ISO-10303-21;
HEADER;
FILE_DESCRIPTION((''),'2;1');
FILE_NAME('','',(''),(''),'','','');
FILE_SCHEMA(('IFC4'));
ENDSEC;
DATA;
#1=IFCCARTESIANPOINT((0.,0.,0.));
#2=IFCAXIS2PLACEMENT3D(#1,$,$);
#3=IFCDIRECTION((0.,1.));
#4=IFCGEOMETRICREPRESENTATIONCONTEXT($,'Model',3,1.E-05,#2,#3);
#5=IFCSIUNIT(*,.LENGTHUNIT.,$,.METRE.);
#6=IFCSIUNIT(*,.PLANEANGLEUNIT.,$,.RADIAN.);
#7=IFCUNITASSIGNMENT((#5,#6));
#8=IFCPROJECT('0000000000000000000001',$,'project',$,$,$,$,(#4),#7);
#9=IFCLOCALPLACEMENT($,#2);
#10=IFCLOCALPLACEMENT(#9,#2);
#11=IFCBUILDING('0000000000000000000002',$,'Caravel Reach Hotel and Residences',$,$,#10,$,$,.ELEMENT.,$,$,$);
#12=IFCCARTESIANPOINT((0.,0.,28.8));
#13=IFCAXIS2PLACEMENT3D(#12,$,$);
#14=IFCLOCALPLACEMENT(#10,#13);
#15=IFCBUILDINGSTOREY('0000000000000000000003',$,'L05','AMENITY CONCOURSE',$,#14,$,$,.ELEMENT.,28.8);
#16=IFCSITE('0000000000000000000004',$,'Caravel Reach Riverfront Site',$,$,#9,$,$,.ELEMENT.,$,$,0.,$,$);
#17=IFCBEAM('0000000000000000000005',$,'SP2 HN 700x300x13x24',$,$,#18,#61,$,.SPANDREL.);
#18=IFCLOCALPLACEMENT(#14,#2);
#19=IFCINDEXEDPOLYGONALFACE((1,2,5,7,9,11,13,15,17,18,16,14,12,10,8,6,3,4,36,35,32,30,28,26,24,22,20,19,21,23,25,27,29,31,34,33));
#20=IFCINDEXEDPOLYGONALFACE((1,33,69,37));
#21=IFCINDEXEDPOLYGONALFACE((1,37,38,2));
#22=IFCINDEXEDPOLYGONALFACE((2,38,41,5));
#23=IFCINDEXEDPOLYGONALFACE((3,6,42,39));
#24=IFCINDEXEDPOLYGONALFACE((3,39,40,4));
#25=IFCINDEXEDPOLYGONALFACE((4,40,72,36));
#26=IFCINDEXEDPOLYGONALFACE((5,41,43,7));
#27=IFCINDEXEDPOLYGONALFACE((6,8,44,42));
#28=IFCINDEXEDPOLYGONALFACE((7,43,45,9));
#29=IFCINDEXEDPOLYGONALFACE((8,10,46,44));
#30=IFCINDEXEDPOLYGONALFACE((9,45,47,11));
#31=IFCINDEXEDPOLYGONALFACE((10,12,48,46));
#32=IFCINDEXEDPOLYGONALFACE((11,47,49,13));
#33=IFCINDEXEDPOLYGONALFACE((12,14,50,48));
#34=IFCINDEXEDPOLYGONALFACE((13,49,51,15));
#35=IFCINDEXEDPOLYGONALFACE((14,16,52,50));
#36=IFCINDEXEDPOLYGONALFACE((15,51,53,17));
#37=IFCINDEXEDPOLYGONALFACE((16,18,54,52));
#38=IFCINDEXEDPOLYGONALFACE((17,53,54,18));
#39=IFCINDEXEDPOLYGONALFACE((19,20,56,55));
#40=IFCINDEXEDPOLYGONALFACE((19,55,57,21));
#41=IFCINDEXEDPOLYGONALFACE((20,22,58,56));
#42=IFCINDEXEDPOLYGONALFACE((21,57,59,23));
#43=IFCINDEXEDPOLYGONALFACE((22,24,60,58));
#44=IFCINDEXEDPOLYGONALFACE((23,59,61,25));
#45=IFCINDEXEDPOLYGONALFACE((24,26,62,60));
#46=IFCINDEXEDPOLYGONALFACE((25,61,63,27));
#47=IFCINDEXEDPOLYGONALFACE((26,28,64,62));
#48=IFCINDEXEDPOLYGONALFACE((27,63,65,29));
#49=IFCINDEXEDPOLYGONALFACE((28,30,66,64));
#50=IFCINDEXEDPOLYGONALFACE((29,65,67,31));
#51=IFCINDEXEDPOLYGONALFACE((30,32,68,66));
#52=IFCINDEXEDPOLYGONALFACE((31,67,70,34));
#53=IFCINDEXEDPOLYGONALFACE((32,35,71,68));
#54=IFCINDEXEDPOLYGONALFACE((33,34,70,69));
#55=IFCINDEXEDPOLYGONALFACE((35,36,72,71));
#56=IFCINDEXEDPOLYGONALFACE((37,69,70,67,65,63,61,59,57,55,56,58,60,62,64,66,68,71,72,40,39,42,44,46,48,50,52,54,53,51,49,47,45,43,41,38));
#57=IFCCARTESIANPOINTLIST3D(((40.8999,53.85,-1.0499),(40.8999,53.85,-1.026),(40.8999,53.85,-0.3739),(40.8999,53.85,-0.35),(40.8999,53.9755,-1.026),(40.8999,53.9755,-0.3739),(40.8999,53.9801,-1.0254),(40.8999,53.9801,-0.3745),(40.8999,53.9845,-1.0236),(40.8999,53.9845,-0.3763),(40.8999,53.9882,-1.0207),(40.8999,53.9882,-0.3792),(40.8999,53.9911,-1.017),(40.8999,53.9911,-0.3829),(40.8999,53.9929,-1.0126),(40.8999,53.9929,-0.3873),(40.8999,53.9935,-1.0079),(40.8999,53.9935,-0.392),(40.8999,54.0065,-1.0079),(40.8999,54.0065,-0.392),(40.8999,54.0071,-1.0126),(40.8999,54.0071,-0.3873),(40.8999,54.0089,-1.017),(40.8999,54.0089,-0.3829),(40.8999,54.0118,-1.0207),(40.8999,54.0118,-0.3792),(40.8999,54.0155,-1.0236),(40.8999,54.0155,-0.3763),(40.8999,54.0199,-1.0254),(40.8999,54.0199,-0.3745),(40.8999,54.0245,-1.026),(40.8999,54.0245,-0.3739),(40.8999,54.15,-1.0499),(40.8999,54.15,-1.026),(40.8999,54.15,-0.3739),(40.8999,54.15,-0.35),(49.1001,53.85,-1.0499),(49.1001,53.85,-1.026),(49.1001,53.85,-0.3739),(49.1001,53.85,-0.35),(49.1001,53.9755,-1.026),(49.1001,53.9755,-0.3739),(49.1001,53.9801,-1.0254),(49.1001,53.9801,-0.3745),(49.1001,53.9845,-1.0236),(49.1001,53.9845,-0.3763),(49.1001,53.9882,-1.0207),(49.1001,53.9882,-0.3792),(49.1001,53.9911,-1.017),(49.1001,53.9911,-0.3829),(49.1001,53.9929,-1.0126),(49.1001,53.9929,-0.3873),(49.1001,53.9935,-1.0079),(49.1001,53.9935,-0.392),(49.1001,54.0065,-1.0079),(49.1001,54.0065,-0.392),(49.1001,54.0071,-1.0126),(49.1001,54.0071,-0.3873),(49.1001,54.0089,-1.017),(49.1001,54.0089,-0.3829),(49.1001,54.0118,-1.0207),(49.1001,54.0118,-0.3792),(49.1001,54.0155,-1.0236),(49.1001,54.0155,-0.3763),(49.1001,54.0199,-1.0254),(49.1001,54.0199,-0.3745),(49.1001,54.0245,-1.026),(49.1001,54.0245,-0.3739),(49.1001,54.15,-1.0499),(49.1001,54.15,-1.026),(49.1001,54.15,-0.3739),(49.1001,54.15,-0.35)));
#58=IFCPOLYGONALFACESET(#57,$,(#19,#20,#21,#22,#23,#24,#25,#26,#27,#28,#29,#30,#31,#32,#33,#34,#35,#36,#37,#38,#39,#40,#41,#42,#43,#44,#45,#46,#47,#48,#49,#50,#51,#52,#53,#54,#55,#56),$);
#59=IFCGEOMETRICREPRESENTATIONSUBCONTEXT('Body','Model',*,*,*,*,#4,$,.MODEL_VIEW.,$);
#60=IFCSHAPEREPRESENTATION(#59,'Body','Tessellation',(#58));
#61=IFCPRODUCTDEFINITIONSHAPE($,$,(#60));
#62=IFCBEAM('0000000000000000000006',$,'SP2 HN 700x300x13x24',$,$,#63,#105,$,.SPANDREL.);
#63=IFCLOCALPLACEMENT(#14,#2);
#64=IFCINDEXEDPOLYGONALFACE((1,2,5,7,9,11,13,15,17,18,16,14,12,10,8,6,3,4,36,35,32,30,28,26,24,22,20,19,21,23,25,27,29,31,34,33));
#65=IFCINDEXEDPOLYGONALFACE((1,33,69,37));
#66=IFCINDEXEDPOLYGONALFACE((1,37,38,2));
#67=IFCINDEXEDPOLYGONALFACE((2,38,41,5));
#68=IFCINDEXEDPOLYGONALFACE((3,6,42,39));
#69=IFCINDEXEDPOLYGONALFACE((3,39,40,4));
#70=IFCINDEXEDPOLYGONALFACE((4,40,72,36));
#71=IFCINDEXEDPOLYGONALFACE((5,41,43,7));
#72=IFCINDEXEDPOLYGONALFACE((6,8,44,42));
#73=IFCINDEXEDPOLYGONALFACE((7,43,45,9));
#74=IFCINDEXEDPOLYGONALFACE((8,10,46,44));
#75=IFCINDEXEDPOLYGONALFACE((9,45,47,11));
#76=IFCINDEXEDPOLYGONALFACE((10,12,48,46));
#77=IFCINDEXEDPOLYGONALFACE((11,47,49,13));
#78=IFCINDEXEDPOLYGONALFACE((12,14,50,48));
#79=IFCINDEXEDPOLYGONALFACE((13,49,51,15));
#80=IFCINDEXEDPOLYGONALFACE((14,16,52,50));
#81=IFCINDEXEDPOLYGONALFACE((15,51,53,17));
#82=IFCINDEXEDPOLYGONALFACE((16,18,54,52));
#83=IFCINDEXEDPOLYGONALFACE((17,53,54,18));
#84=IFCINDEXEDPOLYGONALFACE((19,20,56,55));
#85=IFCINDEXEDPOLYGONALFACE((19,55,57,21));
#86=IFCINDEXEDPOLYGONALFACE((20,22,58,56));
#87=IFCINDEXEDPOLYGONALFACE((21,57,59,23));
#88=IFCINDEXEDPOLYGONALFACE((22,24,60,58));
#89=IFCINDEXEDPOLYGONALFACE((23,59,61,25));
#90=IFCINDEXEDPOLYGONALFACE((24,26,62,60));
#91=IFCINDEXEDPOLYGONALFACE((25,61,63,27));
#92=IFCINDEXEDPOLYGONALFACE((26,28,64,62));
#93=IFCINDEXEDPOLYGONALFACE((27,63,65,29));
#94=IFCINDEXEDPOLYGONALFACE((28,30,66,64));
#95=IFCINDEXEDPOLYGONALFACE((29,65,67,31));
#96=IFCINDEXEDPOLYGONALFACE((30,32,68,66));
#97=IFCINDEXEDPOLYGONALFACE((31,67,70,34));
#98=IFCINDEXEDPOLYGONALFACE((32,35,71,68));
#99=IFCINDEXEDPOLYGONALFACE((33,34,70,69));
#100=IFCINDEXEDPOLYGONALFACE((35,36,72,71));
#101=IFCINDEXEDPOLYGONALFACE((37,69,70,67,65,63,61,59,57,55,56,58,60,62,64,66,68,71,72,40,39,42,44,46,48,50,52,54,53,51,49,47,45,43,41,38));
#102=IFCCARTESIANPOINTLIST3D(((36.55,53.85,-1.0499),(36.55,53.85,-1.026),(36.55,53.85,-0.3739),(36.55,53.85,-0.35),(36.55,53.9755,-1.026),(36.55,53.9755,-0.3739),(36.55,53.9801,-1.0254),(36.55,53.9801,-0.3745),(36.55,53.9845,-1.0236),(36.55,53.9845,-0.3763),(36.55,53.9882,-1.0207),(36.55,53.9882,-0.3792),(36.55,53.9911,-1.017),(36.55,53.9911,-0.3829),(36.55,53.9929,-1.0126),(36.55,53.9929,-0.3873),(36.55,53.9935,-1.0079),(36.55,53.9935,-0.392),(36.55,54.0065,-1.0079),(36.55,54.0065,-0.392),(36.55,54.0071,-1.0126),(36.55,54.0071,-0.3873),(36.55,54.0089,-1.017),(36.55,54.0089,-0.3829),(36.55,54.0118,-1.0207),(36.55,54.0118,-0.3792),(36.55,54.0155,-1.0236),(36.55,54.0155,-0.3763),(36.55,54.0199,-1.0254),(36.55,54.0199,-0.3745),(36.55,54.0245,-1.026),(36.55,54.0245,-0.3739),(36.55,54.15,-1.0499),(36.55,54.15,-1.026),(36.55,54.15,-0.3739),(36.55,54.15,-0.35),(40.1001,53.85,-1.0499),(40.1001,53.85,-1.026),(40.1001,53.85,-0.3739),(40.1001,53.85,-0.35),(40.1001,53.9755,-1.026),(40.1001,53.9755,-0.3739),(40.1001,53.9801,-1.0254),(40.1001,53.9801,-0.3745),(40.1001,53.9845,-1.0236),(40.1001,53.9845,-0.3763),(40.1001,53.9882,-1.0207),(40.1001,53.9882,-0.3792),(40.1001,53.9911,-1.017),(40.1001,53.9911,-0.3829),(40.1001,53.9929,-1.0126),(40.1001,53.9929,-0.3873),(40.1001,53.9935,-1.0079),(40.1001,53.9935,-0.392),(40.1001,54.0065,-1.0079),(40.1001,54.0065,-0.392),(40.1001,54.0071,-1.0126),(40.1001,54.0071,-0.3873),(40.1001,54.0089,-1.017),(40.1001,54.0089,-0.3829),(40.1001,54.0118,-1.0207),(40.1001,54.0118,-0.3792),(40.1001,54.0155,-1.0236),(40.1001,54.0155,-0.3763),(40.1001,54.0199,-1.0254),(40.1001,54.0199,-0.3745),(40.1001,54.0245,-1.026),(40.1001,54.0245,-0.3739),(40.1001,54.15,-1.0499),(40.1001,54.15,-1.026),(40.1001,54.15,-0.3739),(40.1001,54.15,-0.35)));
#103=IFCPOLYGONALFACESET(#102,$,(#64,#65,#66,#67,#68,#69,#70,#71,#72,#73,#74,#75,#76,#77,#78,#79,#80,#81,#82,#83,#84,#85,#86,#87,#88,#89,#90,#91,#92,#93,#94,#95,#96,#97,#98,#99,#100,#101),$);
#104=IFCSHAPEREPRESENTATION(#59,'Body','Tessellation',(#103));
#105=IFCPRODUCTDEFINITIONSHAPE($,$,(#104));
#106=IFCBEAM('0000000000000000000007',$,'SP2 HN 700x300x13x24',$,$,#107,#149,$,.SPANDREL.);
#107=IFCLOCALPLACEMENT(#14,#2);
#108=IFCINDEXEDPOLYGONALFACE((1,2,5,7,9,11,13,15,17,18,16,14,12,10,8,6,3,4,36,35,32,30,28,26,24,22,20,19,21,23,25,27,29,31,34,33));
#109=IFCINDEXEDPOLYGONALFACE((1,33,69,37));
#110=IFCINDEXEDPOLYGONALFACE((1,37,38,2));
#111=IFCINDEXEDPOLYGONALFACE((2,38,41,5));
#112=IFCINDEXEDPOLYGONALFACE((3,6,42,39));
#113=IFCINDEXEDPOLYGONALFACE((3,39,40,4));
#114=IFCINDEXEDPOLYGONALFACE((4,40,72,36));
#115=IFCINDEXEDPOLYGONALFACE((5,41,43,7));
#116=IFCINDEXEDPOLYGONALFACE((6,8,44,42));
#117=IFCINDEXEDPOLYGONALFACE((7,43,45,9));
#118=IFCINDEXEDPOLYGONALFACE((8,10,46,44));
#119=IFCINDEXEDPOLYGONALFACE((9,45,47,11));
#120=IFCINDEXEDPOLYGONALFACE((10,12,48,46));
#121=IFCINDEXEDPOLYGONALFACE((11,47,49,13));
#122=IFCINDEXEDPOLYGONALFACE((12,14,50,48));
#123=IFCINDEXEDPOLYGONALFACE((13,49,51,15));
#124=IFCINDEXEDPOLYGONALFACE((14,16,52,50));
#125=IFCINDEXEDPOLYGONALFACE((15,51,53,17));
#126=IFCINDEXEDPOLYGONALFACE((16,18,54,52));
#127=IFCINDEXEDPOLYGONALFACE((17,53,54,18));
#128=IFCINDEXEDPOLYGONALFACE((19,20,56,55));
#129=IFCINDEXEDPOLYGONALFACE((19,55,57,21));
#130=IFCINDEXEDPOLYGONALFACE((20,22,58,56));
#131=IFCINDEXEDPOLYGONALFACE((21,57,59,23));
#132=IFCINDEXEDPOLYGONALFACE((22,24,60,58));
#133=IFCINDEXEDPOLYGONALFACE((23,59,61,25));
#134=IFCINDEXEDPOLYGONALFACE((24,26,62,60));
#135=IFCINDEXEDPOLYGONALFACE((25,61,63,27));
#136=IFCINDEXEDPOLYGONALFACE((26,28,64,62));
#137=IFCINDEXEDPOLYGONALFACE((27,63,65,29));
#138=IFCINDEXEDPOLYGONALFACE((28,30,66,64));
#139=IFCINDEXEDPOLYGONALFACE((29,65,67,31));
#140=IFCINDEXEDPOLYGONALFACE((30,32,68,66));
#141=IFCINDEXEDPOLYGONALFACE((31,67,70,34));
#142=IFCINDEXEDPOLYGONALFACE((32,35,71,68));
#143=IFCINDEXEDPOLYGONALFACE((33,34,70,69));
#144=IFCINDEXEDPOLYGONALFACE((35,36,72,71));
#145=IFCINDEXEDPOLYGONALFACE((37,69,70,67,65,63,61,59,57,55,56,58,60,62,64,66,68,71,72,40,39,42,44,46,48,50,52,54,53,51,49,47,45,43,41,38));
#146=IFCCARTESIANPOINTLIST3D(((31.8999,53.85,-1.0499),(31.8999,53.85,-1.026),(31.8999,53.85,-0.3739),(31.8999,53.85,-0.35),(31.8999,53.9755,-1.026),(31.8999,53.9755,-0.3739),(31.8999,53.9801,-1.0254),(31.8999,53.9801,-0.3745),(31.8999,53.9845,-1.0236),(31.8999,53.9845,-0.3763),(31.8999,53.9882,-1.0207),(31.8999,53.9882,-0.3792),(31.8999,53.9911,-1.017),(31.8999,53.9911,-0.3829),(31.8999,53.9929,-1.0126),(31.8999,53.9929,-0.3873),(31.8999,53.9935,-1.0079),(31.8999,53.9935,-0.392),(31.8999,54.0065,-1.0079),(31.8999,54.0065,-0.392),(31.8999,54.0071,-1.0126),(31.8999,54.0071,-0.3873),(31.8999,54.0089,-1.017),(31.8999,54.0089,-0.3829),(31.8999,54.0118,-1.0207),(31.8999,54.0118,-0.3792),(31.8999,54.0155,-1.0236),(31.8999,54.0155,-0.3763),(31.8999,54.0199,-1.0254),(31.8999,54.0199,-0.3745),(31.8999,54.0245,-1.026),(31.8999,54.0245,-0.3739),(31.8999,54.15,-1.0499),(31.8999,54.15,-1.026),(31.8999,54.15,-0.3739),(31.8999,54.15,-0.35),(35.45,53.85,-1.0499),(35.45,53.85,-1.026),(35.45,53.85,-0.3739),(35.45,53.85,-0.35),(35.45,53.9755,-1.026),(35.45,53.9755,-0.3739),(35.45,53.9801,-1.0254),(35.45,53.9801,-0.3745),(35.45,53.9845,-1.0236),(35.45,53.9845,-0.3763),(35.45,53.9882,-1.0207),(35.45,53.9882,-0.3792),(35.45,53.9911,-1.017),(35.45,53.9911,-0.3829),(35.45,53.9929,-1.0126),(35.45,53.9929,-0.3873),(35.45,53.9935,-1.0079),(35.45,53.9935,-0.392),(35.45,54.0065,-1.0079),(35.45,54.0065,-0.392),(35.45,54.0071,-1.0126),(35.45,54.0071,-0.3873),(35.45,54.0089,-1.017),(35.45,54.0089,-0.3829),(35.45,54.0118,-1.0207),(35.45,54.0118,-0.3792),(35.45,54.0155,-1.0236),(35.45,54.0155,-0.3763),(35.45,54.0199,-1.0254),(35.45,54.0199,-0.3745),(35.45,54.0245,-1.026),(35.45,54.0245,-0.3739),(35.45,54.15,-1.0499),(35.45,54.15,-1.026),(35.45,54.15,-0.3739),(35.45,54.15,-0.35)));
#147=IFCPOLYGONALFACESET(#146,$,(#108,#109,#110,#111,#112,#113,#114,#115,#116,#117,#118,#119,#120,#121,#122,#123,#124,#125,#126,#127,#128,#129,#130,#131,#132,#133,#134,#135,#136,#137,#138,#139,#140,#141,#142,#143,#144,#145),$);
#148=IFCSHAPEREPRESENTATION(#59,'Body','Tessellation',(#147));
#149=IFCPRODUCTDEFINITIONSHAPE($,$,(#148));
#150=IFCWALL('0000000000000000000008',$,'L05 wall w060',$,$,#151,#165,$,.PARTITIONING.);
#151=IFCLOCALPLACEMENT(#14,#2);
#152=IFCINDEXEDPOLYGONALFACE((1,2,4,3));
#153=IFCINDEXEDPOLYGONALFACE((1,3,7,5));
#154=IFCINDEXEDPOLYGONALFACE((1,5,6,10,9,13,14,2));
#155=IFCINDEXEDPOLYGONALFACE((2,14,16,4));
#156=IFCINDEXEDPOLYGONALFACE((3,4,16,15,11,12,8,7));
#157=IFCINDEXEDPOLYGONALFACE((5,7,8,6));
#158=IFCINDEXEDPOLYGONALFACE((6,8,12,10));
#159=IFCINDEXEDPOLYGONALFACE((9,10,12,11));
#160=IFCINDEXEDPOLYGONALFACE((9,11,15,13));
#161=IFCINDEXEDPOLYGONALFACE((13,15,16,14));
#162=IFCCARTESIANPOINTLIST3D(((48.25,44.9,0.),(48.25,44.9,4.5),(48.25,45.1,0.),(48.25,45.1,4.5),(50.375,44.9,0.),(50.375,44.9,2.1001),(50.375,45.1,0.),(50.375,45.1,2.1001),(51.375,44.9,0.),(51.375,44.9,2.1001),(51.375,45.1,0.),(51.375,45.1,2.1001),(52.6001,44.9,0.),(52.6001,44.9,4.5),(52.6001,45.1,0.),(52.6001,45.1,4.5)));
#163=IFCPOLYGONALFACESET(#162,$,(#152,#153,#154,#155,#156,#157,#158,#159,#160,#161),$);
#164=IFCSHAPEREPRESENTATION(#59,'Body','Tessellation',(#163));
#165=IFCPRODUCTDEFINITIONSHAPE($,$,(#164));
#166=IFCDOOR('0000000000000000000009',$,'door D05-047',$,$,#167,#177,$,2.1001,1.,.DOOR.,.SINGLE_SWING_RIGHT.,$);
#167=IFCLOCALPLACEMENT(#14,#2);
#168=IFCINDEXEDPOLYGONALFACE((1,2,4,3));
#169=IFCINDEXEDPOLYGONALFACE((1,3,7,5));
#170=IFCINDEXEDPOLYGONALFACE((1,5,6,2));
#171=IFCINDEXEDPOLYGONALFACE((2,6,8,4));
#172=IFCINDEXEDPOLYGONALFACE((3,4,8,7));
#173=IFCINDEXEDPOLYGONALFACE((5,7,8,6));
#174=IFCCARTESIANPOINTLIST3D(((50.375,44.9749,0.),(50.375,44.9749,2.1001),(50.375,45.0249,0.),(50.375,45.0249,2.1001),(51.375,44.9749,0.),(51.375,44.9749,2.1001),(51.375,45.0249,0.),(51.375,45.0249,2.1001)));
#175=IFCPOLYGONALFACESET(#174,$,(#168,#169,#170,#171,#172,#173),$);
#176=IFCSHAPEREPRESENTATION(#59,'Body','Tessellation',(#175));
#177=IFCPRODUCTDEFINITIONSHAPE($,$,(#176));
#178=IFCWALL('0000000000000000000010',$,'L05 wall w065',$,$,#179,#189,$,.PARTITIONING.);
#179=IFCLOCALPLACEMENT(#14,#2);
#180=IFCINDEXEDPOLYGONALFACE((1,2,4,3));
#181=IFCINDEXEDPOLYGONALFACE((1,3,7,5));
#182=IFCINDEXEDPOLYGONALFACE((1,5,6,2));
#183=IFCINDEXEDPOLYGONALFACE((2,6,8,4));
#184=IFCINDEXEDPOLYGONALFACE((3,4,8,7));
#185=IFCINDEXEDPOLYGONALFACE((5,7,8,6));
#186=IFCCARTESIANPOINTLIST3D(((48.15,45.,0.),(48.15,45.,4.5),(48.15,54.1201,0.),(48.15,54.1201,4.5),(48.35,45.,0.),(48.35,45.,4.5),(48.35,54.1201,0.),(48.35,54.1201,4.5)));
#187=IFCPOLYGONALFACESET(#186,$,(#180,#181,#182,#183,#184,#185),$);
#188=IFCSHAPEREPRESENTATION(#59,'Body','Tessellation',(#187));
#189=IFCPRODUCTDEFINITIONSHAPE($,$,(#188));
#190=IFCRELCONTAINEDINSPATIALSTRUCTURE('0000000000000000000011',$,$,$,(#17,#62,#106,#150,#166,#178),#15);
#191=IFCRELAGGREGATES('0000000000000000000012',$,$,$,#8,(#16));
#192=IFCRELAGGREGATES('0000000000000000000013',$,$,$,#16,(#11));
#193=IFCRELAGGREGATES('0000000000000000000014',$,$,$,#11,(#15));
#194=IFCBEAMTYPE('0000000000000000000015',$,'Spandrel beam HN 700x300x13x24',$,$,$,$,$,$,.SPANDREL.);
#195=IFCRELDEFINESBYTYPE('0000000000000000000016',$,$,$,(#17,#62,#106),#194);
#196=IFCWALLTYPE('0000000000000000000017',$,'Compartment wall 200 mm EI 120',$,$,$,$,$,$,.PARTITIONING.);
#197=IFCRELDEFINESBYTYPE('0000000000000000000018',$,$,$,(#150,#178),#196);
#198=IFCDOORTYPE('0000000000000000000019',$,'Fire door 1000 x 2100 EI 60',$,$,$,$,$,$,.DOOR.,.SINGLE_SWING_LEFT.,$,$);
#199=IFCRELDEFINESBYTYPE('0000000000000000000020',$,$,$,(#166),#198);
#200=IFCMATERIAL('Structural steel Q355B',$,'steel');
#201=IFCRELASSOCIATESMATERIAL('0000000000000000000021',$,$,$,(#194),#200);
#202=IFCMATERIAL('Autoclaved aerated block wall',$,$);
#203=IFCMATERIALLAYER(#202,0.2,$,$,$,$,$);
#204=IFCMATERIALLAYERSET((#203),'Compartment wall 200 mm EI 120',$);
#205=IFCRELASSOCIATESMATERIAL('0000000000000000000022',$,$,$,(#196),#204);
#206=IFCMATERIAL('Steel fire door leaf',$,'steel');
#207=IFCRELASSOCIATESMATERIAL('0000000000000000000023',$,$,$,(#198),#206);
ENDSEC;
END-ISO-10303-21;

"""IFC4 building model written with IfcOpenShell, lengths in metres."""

from ifc_helpers import new_model, si_unit, direction, frame, frame_2d, origin, origin_2d, place, context, subcontext, project, spatial, rectangle, i_section, extrude, material, layer, layer_set, material_profile, profile_set, type_object, element, fill, save


model = new_model("IFC4")

# Units and contexts
model_context = context("Model", 3, precision=1e-05, world=origin(), true_north=direction((0.0, 1.0)))
body_context = subcontext(model_context, "Body", "Model", "MODEL_VIEW")
ifc_project = project(units=[si_unit("LENGTHUNIT", "METRE"), si_unit("PLANEANGLEUNIT", "RADIAN")], contexts=[model_context])

# Site, building, storey
site_placement = place(None, origin())
site = spatial("IfcSite", under=ifc_project, at=site_placement, Name="Caravel Reach Riverfront Site", CompositionType="ELEMENT", RefElevation=0.0)
building_placement = place(site_placement, origin())
building = spatial("IfcBuilding", under=site, at=building_placement, Name="Caravel Reach Hotel and Residences", CompositionType="ELEMENT")
storey_placement = place(building_placement, frame((0.0, 0.0, 28.8)))
storey = spatial("IfcBuildingStorey", under=building, at=storey_placement, Name="L05", Description="AMENITY CONCOURSE", CompositionType="ELEMENT", Elevation=28.8)

# Beams
ifc_material_1 = material(Name="Structural steel Q355B", Category="steel")
ifc_material_profile_1 = material_profile(ifc_material_1, i_section(OverallWidth=0.3, OverallDepth=0.7, WebThickness=0.0129, FlangeThickness=0.0239, FilletRadius=0.0181, at=origin_2d()), Name="HN 700x300x13x24")
ifc_profile_set_1 = profile_set([ifc_material_profile_1], Name="Structural steel Q355B")
beam_type = type_object("IfcBeamType", Name="Spandrel beam HN 700x300x13x24", PredefinedType="SPANDREL", material=ifc_profile_set_1)
beam_placement = place(storey_placement, frame((49.1001, 54.0, -0.7), z_axis=(-1.0, 0.0, 0.0), x_axis=(0.0, -1.0, 0.0)))
element("IfcBeam", 1, at=beam_placement, inside=storey, type_object=beam_type, Name="SP2 HN 700x300x13x24", PredefinedType="SPANDREL", context=body_context, shape_type="SweptSolid", body=[
    extrude(i_section(OverallWidth=0.3, OverallDepth=0.7, WebThickness=0.0129, FlangeThickness=0.0239, FilletRadius=0.0181, at=origin_2d()), origin(), (0.0, 0.0, 1.0), 8.2002),
])
for number, where, z_axis, x_axis, name in (
    (2, (40.1001, 54.0, -0.7), (-1.0, 0.0, 0.0), (0.0, -1.0, 0.0), "SP2 HN 700x300x13x24"),
    (3, (35.45, 54.0, -0.7), (-1.0, 0.0, 0.0), (0.0, -1.0, 0.0), "SP2 HN 700x300x13x24"),
):
    element("IfcBeam", number, at=place(storey_placement, frame(where, z_axis=z_axis, x_axis=x_axis)), inside=storey, type_object=beam_type, Name=name, PredefinedType="SPANDREL", context=body_context, shape_type="SweptSolid", body=[
        extrude(i_section(OverallWidth=0.3, OverallDepth=0.7, WebThickness=0.0129, FlangeThickness=0.0239, FilletRadius=0.0181, at=origin_2d()), origin(), (0.0, 0.0, 1.0), 3.55),
    ])

# Wall, opening, door
ifc_material_2 = material(Name="Autoclaved aerated block wall")
ifc_layer_1 = layer(ifc_material_2, 0.2)
ifc_layer_set_1 = layer_set([ifc_layer_1], Name="Compartment wall 200 mm EI 120")
wall_type_1 = type_object("IfcWallType", Name="Compartment wall 200 mm EI 120", PredefinedType="PARTITIONING", material=ifc_layer_set_1)
wall_1_placement = place(storey_placement, frame((48.25, 45.0, 0.0), z_axis=(0.0, 0.0, 1.0), x_axis=(1.0, 0.0, 0.0)))
wall_1 = element("IfcWall", 4, at=wall_1_placement, inside=storey, type_object=wall_type_1, Name="L05 wall w060", PredefinedType="PARTITIONING", context=body_context, shape_type="SweptSolid", body=[
    extrude(rectangle(XDim=4.3501, YDim=0.2, at=frame_2d((2.175, 0.0))), origin(), (0.0, 0.0, 1.0), 4.5),
])
opening_1_placement = place(wall_1_placement, frame((2.125, 0.0, 0.0)))
opening_1 = element("IfcOpeningElement", 5, at=opening_1_placement, cuts=wall_1, PredefinedType="OPENING", context=body_context, shape_type="SweptSolid", body=[
    extrude(rectangle(XDim=1.0, YDim=2.1001, at=frame_2d((0.5, 1.05))), frame((0.0, 0.1099, 0.0), z_axis=(0.0, -1.0, 0.0), x_axis=(1.0, 0.0, 0.0)), (0.0, 0.0, 1.0), 0.22),
])
ifc_material_3 = material(Name="Steel fire door leaf", Category="steel")
door_type_1 = type_object("IfcDoorType", Name="Fire door 1000 x 2100 EI 60", OperationType="SINGLE_SWING_LEFT", PredefinedType="DOOR", material=ifc_material_3)
door_1_placement = place(opening_1_placement, origin())
door_1 = element("IfcDoor", 6, at=door_1_placement, inside=storey, type_object=door_type_1, Name="door D05-047", OperationType="SINGLE_SWING_RIGHT", OverallHeight=2.1001, OverallWidth=1.0, PredefinedType="DOOR", context=body_context, shape_type="SweptSolid", body=[
    extrude(rectangle(XDim=1.0, YDim=2.1001, at=frame_2d((0.5, 1.05))), frame((0.0, 0.0249, 0.0), z_axis=(0.0, -1.0, 0.0), x_axis=(1.0, 0.0, 0.0)), (0.0, 0.0, 1.0), 0.05),
])
fill(opening_1, door_1)

# Wall
wall_2_placement = place(storey_placement, frame((48.25, 45.0, 0.0), z_axis=(0.0, 0.0, 1.0), x_axis=(0.0, 1.0, 0.0)))
element("IfcWall", 7, at=wall_2_placement, inside=storey, type_object=wall_type_1, Name="L05 wall w065", PredefinedType="PARTITIONING", context=body_context, shape_type="SweptSolid", body=[
    extrude(rectangle(XDim=9.1201, YDim=0.2, at=frame_2d((4.5601, 0.0))), origin(), (0.0, 0.0, 1.0), 4.5),
])

save(model, "model.ifc")
